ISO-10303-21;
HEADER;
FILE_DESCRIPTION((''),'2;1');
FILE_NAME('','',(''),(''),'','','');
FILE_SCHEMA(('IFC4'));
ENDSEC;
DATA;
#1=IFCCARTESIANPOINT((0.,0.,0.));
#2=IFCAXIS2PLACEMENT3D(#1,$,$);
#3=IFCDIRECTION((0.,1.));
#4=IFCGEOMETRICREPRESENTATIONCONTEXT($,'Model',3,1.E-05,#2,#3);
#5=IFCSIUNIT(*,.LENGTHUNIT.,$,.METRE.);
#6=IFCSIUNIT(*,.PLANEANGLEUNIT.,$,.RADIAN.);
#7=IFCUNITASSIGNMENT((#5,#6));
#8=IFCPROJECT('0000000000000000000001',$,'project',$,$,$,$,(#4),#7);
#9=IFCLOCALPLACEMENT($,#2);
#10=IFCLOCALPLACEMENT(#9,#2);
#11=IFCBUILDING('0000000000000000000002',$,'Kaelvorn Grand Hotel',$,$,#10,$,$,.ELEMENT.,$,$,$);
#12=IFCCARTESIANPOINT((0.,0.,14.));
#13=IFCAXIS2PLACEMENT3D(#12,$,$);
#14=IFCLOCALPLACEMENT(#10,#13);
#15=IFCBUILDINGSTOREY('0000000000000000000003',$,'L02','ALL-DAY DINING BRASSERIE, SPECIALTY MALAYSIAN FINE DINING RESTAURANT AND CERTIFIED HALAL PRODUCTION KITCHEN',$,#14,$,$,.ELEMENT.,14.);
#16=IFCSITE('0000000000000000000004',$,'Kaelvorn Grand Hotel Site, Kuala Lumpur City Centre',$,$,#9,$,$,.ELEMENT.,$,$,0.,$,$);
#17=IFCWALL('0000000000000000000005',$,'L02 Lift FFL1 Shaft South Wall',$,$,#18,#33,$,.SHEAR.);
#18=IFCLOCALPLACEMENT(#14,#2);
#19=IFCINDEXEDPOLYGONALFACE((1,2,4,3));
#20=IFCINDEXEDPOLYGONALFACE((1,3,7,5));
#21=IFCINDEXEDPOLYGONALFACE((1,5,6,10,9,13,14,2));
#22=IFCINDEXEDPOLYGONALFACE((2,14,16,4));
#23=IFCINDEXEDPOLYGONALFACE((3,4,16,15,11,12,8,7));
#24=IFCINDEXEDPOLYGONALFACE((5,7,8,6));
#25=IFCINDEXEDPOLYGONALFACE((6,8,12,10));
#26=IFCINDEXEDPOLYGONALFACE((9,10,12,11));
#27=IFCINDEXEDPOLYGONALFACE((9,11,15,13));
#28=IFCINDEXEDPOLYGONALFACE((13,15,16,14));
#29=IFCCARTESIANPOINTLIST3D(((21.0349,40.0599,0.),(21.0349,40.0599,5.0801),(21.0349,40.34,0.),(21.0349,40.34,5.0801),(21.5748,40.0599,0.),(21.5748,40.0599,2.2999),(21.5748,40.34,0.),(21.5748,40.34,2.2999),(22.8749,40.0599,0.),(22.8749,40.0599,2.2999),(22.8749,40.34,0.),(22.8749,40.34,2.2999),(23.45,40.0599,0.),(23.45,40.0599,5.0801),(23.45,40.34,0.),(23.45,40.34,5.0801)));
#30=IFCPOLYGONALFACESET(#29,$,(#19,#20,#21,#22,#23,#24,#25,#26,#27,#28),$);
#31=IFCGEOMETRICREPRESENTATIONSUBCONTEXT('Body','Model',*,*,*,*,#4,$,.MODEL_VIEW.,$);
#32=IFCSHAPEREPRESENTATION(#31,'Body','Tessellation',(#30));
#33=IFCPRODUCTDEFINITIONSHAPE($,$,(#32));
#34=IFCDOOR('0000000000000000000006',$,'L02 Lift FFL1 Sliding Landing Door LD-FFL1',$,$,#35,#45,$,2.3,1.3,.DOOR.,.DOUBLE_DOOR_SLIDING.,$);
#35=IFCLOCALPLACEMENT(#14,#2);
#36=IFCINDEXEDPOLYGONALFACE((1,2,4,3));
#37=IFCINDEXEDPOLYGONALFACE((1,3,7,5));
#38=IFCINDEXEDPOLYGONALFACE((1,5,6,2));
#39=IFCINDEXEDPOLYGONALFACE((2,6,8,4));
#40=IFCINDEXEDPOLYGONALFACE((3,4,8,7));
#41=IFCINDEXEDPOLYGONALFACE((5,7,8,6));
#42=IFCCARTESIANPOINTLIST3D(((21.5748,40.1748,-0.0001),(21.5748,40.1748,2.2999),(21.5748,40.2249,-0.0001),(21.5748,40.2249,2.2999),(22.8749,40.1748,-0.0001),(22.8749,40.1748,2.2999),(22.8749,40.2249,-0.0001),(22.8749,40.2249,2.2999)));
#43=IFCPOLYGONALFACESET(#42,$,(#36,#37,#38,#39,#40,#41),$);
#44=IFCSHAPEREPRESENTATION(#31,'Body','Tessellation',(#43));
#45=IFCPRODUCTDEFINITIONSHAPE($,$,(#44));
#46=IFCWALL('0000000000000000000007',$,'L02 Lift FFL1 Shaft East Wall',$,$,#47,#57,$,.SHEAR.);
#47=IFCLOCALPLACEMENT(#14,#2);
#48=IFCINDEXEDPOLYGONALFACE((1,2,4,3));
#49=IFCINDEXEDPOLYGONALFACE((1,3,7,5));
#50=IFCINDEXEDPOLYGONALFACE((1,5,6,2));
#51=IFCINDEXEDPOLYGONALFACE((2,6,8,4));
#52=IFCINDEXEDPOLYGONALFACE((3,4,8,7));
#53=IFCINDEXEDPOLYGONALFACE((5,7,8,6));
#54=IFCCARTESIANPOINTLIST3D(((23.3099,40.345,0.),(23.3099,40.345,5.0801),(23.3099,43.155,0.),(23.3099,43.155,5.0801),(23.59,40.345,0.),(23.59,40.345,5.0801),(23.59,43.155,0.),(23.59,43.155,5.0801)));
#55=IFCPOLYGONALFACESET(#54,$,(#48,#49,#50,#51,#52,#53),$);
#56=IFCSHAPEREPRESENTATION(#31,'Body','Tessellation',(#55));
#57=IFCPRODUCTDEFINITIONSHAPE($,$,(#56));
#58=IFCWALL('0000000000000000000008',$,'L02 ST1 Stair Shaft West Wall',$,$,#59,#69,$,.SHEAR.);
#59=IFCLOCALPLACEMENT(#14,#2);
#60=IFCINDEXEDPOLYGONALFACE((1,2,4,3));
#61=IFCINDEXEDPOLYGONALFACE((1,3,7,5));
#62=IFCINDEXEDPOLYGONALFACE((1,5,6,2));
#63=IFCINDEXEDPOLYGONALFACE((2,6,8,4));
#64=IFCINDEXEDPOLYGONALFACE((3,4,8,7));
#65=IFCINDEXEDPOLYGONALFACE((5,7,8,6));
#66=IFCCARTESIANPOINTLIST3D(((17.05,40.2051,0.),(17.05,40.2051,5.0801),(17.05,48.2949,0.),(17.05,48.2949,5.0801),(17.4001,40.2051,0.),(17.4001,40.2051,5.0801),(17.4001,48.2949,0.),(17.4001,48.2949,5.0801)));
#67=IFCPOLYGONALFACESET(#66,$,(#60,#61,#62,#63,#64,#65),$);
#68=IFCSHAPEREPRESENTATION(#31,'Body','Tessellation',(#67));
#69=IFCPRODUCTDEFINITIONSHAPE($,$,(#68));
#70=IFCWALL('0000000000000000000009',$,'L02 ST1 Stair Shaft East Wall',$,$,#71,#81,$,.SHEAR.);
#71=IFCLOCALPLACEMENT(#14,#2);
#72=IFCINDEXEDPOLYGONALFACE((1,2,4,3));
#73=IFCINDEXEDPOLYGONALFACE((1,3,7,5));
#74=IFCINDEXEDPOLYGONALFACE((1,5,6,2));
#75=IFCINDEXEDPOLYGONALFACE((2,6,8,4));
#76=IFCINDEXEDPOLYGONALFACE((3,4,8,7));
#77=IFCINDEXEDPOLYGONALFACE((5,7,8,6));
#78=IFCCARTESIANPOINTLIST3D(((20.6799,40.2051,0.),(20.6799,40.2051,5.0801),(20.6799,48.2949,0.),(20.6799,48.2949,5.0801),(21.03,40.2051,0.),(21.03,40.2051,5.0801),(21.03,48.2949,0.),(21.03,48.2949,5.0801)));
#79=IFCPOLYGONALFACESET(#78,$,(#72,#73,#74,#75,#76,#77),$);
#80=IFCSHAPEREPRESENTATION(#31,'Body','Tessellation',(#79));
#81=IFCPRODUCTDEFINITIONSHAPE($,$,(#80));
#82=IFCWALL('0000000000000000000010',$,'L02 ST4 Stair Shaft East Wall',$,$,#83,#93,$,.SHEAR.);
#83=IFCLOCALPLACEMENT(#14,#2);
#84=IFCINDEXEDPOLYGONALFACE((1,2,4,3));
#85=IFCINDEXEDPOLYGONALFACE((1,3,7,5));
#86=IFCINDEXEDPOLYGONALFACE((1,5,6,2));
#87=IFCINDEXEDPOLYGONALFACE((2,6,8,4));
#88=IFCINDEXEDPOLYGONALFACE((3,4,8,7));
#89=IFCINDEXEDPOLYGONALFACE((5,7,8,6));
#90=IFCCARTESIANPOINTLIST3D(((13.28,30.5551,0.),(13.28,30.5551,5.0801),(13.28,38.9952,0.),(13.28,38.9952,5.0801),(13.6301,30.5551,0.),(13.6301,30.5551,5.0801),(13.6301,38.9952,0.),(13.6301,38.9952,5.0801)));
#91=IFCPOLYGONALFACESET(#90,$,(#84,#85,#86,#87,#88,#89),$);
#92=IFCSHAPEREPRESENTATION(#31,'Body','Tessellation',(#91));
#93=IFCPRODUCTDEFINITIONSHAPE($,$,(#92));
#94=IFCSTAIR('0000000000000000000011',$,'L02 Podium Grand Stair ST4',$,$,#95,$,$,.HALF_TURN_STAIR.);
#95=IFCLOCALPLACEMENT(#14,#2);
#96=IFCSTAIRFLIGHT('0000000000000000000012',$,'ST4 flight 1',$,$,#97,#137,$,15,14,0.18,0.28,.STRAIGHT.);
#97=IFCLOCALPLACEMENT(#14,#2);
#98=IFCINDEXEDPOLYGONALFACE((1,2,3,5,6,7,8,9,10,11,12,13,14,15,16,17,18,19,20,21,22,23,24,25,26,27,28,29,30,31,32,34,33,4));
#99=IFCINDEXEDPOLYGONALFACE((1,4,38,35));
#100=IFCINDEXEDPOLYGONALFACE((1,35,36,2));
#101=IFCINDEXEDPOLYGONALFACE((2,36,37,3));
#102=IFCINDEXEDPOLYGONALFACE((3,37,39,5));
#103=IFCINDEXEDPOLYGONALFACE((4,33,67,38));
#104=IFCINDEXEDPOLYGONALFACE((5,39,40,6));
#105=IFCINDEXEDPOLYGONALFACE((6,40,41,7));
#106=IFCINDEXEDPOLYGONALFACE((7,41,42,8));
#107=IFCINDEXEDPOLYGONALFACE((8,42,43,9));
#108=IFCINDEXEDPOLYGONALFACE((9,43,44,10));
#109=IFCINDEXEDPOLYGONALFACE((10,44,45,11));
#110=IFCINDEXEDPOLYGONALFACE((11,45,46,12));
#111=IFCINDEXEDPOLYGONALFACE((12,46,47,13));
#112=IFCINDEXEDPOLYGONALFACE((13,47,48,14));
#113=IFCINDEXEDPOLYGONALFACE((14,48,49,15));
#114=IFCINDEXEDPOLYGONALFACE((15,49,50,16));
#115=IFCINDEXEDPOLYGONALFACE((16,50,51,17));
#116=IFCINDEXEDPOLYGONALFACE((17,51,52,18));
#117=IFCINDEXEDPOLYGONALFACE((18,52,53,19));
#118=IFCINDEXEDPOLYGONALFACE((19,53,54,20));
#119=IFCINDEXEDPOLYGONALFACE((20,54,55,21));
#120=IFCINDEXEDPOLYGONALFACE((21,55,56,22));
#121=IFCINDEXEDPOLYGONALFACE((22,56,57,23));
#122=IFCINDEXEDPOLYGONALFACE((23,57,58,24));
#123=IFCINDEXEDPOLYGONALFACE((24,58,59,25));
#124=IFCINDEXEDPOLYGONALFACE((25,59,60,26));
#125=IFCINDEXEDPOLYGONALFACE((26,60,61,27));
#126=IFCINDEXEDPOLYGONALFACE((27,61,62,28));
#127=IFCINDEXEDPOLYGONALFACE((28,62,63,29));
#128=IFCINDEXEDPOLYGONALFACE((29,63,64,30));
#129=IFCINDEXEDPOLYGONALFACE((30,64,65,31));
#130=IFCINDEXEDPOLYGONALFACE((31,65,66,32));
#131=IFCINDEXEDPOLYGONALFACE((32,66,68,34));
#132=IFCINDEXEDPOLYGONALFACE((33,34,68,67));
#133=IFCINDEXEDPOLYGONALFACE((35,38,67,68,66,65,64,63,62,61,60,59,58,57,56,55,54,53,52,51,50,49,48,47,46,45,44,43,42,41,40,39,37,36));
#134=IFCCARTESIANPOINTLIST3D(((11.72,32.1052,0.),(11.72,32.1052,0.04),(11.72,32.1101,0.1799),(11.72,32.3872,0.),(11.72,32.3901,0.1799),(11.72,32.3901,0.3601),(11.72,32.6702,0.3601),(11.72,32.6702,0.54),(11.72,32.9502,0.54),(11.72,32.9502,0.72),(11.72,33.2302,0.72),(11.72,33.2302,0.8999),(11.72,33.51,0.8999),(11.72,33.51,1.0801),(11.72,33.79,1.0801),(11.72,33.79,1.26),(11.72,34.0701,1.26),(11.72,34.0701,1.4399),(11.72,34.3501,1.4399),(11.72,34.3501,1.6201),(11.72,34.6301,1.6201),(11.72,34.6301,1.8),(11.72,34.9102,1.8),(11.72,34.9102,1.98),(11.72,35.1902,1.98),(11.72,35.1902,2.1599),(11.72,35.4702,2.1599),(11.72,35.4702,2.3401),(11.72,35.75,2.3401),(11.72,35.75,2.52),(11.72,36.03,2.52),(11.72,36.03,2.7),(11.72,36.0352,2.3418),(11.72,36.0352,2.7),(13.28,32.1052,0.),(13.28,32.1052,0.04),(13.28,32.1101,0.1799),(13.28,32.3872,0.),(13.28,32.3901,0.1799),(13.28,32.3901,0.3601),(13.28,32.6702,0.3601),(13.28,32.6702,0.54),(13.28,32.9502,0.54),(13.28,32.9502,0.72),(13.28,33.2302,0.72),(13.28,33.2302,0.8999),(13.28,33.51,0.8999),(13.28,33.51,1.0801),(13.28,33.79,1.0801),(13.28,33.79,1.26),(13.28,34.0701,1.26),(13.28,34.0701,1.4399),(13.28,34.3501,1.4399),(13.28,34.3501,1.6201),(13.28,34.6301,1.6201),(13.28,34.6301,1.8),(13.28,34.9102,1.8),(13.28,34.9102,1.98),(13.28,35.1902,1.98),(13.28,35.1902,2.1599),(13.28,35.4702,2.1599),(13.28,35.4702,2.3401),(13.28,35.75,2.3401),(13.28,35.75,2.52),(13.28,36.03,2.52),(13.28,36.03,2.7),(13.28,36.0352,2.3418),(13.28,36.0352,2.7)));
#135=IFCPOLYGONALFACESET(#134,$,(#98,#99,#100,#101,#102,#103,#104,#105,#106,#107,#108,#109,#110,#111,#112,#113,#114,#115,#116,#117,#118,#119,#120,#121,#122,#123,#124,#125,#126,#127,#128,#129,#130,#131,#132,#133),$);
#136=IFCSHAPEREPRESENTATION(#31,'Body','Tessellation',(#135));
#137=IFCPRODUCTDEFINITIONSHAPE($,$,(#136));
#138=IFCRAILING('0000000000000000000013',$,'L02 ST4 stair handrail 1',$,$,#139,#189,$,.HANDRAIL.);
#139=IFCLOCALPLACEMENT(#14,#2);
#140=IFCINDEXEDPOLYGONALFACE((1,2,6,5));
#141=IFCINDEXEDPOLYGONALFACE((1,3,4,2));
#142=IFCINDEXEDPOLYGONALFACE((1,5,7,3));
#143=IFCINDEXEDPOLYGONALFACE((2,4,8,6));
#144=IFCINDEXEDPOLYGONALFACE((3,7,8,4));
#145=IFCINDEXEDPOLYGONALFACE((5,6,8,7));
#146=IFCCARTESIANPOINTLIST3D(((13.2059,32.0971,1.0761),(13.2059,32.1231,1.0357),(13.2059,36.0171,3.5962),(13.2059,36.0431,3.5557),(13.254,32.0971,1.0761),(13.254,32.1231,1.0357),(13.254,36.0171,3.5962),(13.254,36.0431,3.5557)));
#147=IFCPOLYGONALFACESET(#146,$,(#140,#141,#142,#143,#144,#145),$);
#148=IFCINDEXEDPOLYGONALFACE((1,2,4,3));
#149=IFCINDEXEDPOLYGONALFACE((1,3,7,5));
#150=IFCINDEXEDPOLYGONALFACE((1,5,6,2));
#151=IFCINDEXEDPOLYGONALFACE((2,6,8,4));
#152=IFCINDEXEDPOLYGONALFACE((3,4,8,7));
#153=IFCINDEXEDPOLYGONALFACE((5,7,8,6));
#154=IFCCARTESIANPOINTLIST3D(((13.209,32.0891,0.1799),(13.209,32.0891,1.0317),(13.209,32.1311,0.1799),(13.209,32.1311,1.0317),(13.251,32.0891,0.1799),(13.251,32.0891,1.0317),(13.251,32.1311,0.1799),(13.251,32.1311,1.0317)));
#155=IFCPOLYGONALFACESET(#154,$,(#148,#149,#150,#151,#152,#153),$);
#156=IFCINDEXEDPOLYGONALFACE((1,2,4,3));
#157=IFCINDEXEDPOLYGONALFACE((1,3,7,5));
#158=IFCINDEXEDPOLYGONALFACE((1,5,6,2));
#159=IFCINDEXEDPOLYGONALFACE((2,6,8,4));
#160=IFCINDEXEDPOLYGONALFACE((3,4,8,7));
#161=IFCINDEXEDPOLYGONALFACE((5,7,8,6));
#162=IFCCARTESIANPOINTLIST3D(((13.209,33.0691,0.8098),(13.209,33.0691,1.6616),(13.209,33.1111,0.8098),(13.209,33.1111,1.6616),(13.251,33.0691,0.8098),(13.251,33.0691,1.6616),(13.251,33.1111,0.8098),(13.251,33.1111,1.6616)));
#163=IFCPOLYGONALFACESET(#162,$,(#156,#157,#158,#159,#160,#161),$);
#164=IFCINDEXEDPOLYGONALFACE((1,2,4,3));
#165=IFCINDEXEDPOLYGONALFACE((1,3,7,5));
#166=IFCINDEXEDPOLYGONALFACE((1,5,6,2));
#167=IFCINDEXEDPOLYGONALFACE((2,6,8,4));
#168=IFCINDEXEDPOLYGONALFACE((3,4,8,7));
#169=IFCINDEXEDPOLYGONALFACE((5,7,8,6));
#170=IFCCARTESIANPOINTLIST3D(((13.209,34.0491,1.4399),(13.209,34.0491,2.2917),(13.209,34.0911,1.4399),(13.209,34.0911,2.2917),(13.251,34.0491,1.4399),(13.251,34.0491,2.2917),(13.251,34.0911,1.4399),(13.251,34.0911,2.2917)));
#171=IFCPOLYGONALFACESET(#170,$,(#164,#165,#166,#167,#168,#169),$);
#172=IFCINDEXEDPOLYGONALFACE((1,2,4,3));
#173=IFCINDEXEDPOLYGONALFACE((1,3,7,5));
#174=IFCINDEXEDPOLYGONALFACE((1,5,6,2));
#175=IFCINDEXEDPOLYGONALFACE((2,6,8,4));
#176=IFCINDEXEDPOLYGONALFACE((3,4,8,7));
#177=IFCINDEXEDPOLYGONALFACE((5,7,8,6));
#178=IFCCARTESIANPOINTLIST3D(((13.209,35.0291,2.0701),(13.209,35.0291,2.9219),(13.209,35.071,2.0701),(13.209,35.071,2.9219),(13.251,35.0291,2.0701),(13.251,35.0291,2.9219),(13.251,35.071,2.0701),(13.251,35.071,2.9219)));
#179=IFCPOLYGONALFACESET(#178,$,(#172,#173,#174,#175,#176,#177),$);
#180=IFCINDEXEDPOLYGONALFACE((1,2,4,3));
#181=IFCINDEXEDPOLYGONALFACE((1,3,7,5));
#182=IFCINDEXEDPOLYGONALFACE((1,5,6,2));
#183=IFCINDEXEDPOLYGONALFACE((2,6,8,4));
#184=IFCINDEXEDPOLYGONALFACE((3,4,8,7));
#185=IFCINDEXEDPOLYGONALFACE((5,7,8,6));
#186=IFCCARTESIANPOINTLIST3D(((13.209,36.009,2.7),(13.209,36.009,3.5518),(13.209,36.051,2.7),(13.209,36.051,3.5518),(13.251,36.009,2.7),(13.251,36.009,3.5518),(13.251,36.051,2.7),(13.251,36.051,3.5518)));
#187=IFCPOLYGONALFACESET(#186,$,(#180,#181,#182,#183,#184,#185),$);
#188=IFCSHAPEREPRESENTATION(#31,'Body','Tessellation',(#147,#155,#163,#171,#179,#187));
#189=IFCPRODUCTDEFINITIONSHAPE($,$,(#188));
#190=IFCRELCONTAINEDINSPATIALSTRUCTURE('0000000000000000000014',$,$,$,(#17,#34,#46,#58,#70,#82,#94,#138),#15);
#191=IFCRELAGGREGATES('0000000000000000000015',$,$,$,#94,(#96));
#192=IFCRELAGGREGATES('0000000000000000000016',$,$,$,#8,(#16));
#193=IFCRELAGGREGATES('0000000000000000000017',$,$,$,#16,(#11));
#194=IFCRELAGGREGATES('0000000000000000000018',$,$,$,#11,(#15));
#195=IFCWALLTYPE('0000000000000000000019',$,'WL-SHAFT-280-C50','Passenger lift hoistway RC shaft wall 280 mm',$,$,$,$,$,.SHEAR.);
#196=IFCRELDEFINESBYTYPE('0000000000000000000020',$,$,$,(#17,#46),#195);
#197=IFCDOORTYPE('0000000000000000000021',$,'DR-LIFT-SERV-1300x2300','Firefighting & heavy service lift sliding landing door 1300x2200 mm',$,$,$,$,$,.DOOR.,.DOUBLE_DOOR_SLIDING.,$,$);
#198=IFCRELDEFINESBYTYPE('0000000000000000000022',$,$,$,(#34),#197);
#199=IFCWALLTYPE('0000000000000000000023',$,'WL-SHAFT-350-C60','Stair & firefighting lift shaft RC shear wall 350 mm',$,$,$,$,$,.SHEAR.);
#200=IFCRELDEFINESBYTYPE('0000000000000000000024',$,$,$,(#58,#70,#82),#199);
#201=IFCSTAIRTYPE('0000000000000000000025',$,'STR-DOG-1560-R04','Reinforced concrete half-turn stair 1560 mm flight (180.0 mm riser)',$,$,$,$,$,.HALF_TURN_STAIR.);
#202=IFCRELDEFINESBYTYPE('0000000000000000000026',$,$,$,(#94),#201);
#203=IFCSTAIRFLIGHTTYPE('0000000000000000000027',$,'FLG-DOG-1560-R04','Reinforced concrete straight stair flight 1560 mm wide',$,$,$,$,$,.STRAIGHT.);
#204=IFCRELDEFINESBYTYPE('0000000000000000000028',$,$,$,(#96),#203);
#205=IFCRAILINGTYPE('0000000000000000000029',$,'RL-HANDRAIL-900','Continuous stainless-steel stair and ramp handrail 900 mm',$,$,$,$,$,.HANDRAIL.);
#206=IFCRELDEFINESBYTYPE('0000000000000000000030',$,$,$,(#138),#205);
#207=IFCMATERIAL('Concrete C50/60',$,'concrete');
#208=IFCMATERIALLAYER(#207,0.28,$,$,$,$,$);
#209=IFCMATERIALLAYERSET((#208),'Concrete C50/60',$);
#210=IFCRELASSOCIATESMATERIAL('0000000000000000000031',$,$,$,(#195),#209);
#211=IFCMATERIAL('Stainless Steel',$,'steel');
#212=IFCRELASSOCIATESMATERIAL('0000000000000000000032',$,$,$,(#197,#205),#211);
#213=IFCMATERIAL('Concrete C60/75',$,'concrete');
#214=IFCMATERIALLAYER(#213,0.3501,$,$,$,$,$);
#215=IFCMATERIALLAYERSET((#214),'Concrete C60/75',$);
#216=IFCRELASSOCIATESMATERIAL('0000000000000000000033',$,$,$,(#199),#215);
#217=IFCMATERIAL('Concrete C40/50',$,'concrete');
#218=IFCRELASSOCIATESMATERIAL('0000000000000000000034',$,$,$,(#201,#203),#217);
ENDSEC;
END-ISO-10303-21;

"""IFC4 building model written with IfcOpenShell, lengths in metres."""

from ifc_helpers import new_model, si_unit, direction, frame, frame_2d, origin, origin_2d, place, context, subcontext, project, spatial, polyline, rectangle, outline, extrude, material, layer, layer_set, type_object, element, fill, aggregate, save


model = new_model("IFC4")

# Units and contexts
model_context = context("Model", 3, precision=1e-05, world=origin(), true_north=direction((0.0, 1.0)))
body_context = subcontext(model_context, "Body", "Model", "MODEL_VIEW")
ifc_project = project(units=[si_unit("LENGTHUNIT", "METRE"), si_unit("PLANEANGLEUNIT", "RADIAN")], contexts=[model_context])

# Site, building, storey
site_placement = place(None, origin())
site = spatial("IfcSite", under=ifc_project, at=site_placement, Name="Kaelvorn Grand Hotel Site, Kuala Lumpur City Centre", CompositionType="ELEMENT", RefElevation=0.0)
building_placement = place(site_placement, origin())
building = spatial("IfcBuilding", under=site, at=building_placement, Name="Kaelvorn Grand Hotel", CompositionType="ELEMENT")
storey_placement = place(building_placement, frame((0.0, 0.0, 14.0)))
storey = spatial("IfcBuildingStorey", under=building, at=storey_placement, Name="L02", Description="ALL-DAY DINING BRASSERIE, SPECIALTY MALAYSIAN FINE DINING RESTAURANT AND CERTIFIED HALAL PRODUCTION KITCHEN", CompositionType="ELEMENT", Elevation=14.0)

# Shared definitions
ifc_material_1 = material(Name="Concrete C60/75", Category="concrete")

# Shared definitions
ifc_material_2 = material(Name="Concrete C40/50", Category="concrete")

# Wall, opening, door
ifc_material_3 = material(Name="Concrete C50/60", Category="concrete")
ifc_layer_1 = layer(ifc_material_3, 0.28)
ifc_layer_set_1 = layer_set([ifc_layer_1], Name="Concrete C50/60")
wall_type_1 = type_object("IfcWallType", Name="WL-SHAFT-280-C50", Description="Passenger lift hoistway RC shaft wall 280 mm", PredefinedType="SHEAR", material=ifc_layer_set_1)
wall_1_placement = place(storey_placement, frame((21.0349, 40.2, 0.0), z_axis=(0.0, 0.0, 1.0), x_axis=(1.0, 0.0, 0.0)))
wall_1 = element("IfcWall", 1, at=wall_1_placement, inside=storey, type_object=wall_type_1, Name="L02 Lift FFL1 Shaft South Wall", PredefinedType="SHEAR", context=body_context, shape_type="SweptSolid", body=[
    extrude(rectangle(XDim=2.415, YDim=0.28, at=frame_2d((1.2075, 0.0))), origin(), (0.0, 0.0, 1.0), 5.0801),
])
opening_1_placement = place(wall_1_placement, frame((0.54, 0.0, 0.0)))
opening_1 = element("IfcOpeningElement", 2, at=opening_1_placement, cuts=wall_1, PredefinedType="OPENING", context=body_context, shape_type="SweptSolid", body=[
    extrude(rectangle(XDim=1.3, YDim=2.3, at=frame_2d((0.6499, 1.1499))), frame((0.0, 0.1499, 0.0), z_axis=(0.0, -1.0, 0.0), x_axis=(1.0, 0.0, 0.0)), (0.0, 0.0, 1.0), 0.3),
])
ifc_material_4 = material(Name="Stainless Steel", Category="steel")
door_type_1 = type_object("IfcDoorType", Name="DR-LIFT-SERV-1300x2300", Description="Firefighting & heavy service lift sliding landing door 1300x2200 mm", OperationType="DOUBLE_DOOR_SLIDING", PredefinedType="DOOR", material=ifc_material_4)
door_1_placement = place(opening_1_placement, origin())
door_1 = element("IfcDoor", 3, at=door_1_placement, inside=storey, type_object=door_type_1, Name="L02 Lift FFL1 Sliding Landing Door LD-FFL1", OperationType="DOUBLE_DOOR_SLIDING", OverallHeight=2.3, OverallWidth=1.3, PredefinedType="DOOR", context=body_context, shape_type="SweptSolid", body=[
    extrude(rectangle(XDim=1.3, YDim=2.3, at=frame_2d((0.6499, 1.1499))), frame((0.0, 0.0249, 0.0), z_axis=(0.0, -1.0, 0.0), x_axis=(1.0, 0.0, 0.0)), (0.0, 0.0, 1.0), 0.05),
])
fill(opening_1, door_1)

# Wall
wall_2_placement = place(storey_placement, frame((23.45, 40.345, 0.0), z_axis=(0.0, 0.0, 1.0), x_axis=(0.0, 1.0, 0.0)))
element("IfcWall", 4, at=wall_2_placement, inside=storey, type_object=wall_type_1, Name="L02 Lift FFL1 Shaft East Wall", PredefinedType="SHEAR", context=body_context, shape_type="SweptSolid", body=[
    extrude(rectangle(XDim=2.8101, YDim=0.28, at=frame_2d((1.405, 0.0))), origin(), (0.0, 0.0, 1.0), 5.0801),
])

# Shared definitions
ifc_layer_2 = layer(ifc_material_1, 0.3501)
ifc_layer_set_2 = layer_set([ifc_layer_2], Name="Concrete C60/75")
wall_type_2 = type_object("IfcWallType", Name="WL-SHAFT-350-C60", Description="Stair & firefighting lift shaft RC shear wall 350 mm", PredefinedType="SHEAR", material=ifc_layer_set_2)

# Walls
for number, where, z_axis, x_axis, name in (
    (5, (17.2251, 40.2051, 0.0), (0.0, 0.0, 1.0), (0.0, 1.0, 0.0), "L02 ST1 Stair Shaft West Wall"),
    (6, (20.855, 40.2051, 0.0), (0.0, 0.0, 1.0), (0.0, 1.0, 0.0), "L02 ST1 Stair Shaft East Wall"),
):
    element("IfcWall", number, at=place(storey_placement, frame(where, z_axis=z_axis, x_axis=x_axis)), inside=storey, type_object=wall_type_2, Name=name, PredefinedType="SHEAR", context=body_context, shape_type="SweptSolid", body=[
        extrude(rectangle(XDim=8.0898, YDim=0.3501, at=frame_2d((4.0449, 0.0))), origin(), (0.0, 0.0, 1.0), 5.0801),
    ])
wall_3_placement = place(storey_placement, frame((13.4551, 30.5549, 0.0), z_axis=(0.0, 0.0, 1.0), x_axis=(0.0, 1.0, 0.0)))
element("IfcWall", 7, at=wall_3_placement, inside=storey, type_object=wall_type_2, Name="L02 ST4 Stair Shaft East Wall", PredefinedType="SHEAR", context=body_context, shape_type="SweptSolid", body=[
    extrude(rectangle(XDim=8.4402, YDim=0.3501, at=frame_2d((4.2202, 0.0))), origin(), (0.0, 0.0, 1.0), 5.0801),
])

# Stair, stair flight
stair_type = type_object("IfcStairType", Name="STR-DOG-1560-R04", Description="Reinforced concrete half-turn stair 1560 mm flight (180.0 mm riser)", PredefinedType="HALF_TURN_STAIR", material=ifc_material_2)
stair_placement = place(storey_placement, origin())
stair = element("IfcStair", 8, at=stair_placement, inside=storey, type_object=stair_type, Name="L02 Podium Grand Stair ST4", PredefinedType="HALF_TURN_STAIR")
stair_flight_type = type_object("IfcStairFlightType", Name="FLG-DOG-1560-R04", Description="Reinforced concrete straight stair flight 1560 mm wide", PredefinedType="STRAIGHT", material=ifc_material_2)
stair_flight_placement = place(storey_placement, frame((12.5, 32.1101, 0.0), z_axis=(0.0, 0.0, 1.0), x_axis=(0.0, 1.0, 0.0)))
stair_flight = element("IfcStairFlight", 9, at=stair_flight_placement, type_object=stair_flight_type, Name="ST4 flight 1", NumberOfRisers=15, NumberOfTreads=14, PredefinedType="STRAIGHT", RiserHeight=0.18, TreadLength=0.28, context=body_context, shape_type="SweptSolid", body=[
    extrude(outline(polyline([(-0.0049, 0.0), (-0.0049, 0.04), (0.0, 0.1799), (0.28, 0.1799), (0.28, 0.3601), (0.5601, 0.3601), (0.5601, 0.54), (0.8401, 0.54), (0.8401, 0.72), (1.1201, 0.72), (1.1201, 0.8999), (1.3999, 0.8999), (1.3999, 1.0801), (1.6799, 1.0801), (1.6799, 1.26), (1.96, 1.26), (1.96, 1.4399), (2.24, 1.4399), (2.24, 1.6201), (2.52, 1.6201), (2.52, 1.8), (2.8, 1.8), (2.8, 1.98), (3.0801, 1.98), (3.0801, 2.1599), (3.3601, 2.1599), (3.3601, 2.3401), (3.6399, 2.3401), (3.6399, 2.52), (3.9199, 2.52), (3.9199, 2.7), (3.925, 2.7), (3.925, 2.3418), (0.2771, 0.0), (-0.0049, 0.0)])), frame((0.0, 0.78, 0.0), z_axis=(0.0, -1.0, 0.0), x_axis=(1.0, 0.0, 0.0)), (0.0, 0.0, 1.0), 1.5601),
])
aggregate(stair, [stair_flight])

# Railing
railing_type = type_object("IfcRailingType", Name="RL-HANDRAIL-900", Description="Continuous stainless-steel stair and ramp handrail 900 mm", PredefinedType="HANDRAIL", material=ifc_material_4)
railing_placement = place(storey_placement, frame((13.23, 32.1101, 0.1799)))
element("IfcRailing", 10, at=railing_placement, inside=storey, type_object=railing_type, Name="L02 ST4 stair handrail 1", PredefinedType="HANDRAIL", context=body_context, shape_type="SweptSolid", body=[
    extrude(rectangle(XDim=0.0481, YDim=0.0481, at=origin_2d()), frame((0.0, 0.0, 0.876), z_axis=(0.0, 0.841172, 0.540768), x_axis=(-1.0, 0.0, 0.0)), (0.0, 0.0, 1.0), 4.6602),
    extrude(rectangle(XDim=0.042, YDim=0.042, at=origin_2d()), origin(), (0.0, 0.0, 1.0), 0.8518),
    extrude(rectangle(XDim=0.042, YDim=0.042, at=origin_2d()), frame((0.0, 0.98, 0.6299)), (0.0, 0.0, 1.0), 0.8518),
    extrude(rectangle(XDim=0.042, YDim=0.042, at=origin_2d()), frame((0.0, 1.96, 1.26)), (0.0, 0.0, 1.0), 0.8518),
    extrude(rectangle(XDim=0.042, YDim=0.042, at=origin_2d()), frame((0.0, 2.9399, 1.8901)), (0.0, 0.0, 1.0), 0.8518),
    extrude(rectangle(XDim=0.042, YDim=0.042, at=origin_2d()), frame((0.0, 3.9199, 2.52)), (0.0, 0.0, 1.0), 0.8518),
])

save(model, "model.ifc")
